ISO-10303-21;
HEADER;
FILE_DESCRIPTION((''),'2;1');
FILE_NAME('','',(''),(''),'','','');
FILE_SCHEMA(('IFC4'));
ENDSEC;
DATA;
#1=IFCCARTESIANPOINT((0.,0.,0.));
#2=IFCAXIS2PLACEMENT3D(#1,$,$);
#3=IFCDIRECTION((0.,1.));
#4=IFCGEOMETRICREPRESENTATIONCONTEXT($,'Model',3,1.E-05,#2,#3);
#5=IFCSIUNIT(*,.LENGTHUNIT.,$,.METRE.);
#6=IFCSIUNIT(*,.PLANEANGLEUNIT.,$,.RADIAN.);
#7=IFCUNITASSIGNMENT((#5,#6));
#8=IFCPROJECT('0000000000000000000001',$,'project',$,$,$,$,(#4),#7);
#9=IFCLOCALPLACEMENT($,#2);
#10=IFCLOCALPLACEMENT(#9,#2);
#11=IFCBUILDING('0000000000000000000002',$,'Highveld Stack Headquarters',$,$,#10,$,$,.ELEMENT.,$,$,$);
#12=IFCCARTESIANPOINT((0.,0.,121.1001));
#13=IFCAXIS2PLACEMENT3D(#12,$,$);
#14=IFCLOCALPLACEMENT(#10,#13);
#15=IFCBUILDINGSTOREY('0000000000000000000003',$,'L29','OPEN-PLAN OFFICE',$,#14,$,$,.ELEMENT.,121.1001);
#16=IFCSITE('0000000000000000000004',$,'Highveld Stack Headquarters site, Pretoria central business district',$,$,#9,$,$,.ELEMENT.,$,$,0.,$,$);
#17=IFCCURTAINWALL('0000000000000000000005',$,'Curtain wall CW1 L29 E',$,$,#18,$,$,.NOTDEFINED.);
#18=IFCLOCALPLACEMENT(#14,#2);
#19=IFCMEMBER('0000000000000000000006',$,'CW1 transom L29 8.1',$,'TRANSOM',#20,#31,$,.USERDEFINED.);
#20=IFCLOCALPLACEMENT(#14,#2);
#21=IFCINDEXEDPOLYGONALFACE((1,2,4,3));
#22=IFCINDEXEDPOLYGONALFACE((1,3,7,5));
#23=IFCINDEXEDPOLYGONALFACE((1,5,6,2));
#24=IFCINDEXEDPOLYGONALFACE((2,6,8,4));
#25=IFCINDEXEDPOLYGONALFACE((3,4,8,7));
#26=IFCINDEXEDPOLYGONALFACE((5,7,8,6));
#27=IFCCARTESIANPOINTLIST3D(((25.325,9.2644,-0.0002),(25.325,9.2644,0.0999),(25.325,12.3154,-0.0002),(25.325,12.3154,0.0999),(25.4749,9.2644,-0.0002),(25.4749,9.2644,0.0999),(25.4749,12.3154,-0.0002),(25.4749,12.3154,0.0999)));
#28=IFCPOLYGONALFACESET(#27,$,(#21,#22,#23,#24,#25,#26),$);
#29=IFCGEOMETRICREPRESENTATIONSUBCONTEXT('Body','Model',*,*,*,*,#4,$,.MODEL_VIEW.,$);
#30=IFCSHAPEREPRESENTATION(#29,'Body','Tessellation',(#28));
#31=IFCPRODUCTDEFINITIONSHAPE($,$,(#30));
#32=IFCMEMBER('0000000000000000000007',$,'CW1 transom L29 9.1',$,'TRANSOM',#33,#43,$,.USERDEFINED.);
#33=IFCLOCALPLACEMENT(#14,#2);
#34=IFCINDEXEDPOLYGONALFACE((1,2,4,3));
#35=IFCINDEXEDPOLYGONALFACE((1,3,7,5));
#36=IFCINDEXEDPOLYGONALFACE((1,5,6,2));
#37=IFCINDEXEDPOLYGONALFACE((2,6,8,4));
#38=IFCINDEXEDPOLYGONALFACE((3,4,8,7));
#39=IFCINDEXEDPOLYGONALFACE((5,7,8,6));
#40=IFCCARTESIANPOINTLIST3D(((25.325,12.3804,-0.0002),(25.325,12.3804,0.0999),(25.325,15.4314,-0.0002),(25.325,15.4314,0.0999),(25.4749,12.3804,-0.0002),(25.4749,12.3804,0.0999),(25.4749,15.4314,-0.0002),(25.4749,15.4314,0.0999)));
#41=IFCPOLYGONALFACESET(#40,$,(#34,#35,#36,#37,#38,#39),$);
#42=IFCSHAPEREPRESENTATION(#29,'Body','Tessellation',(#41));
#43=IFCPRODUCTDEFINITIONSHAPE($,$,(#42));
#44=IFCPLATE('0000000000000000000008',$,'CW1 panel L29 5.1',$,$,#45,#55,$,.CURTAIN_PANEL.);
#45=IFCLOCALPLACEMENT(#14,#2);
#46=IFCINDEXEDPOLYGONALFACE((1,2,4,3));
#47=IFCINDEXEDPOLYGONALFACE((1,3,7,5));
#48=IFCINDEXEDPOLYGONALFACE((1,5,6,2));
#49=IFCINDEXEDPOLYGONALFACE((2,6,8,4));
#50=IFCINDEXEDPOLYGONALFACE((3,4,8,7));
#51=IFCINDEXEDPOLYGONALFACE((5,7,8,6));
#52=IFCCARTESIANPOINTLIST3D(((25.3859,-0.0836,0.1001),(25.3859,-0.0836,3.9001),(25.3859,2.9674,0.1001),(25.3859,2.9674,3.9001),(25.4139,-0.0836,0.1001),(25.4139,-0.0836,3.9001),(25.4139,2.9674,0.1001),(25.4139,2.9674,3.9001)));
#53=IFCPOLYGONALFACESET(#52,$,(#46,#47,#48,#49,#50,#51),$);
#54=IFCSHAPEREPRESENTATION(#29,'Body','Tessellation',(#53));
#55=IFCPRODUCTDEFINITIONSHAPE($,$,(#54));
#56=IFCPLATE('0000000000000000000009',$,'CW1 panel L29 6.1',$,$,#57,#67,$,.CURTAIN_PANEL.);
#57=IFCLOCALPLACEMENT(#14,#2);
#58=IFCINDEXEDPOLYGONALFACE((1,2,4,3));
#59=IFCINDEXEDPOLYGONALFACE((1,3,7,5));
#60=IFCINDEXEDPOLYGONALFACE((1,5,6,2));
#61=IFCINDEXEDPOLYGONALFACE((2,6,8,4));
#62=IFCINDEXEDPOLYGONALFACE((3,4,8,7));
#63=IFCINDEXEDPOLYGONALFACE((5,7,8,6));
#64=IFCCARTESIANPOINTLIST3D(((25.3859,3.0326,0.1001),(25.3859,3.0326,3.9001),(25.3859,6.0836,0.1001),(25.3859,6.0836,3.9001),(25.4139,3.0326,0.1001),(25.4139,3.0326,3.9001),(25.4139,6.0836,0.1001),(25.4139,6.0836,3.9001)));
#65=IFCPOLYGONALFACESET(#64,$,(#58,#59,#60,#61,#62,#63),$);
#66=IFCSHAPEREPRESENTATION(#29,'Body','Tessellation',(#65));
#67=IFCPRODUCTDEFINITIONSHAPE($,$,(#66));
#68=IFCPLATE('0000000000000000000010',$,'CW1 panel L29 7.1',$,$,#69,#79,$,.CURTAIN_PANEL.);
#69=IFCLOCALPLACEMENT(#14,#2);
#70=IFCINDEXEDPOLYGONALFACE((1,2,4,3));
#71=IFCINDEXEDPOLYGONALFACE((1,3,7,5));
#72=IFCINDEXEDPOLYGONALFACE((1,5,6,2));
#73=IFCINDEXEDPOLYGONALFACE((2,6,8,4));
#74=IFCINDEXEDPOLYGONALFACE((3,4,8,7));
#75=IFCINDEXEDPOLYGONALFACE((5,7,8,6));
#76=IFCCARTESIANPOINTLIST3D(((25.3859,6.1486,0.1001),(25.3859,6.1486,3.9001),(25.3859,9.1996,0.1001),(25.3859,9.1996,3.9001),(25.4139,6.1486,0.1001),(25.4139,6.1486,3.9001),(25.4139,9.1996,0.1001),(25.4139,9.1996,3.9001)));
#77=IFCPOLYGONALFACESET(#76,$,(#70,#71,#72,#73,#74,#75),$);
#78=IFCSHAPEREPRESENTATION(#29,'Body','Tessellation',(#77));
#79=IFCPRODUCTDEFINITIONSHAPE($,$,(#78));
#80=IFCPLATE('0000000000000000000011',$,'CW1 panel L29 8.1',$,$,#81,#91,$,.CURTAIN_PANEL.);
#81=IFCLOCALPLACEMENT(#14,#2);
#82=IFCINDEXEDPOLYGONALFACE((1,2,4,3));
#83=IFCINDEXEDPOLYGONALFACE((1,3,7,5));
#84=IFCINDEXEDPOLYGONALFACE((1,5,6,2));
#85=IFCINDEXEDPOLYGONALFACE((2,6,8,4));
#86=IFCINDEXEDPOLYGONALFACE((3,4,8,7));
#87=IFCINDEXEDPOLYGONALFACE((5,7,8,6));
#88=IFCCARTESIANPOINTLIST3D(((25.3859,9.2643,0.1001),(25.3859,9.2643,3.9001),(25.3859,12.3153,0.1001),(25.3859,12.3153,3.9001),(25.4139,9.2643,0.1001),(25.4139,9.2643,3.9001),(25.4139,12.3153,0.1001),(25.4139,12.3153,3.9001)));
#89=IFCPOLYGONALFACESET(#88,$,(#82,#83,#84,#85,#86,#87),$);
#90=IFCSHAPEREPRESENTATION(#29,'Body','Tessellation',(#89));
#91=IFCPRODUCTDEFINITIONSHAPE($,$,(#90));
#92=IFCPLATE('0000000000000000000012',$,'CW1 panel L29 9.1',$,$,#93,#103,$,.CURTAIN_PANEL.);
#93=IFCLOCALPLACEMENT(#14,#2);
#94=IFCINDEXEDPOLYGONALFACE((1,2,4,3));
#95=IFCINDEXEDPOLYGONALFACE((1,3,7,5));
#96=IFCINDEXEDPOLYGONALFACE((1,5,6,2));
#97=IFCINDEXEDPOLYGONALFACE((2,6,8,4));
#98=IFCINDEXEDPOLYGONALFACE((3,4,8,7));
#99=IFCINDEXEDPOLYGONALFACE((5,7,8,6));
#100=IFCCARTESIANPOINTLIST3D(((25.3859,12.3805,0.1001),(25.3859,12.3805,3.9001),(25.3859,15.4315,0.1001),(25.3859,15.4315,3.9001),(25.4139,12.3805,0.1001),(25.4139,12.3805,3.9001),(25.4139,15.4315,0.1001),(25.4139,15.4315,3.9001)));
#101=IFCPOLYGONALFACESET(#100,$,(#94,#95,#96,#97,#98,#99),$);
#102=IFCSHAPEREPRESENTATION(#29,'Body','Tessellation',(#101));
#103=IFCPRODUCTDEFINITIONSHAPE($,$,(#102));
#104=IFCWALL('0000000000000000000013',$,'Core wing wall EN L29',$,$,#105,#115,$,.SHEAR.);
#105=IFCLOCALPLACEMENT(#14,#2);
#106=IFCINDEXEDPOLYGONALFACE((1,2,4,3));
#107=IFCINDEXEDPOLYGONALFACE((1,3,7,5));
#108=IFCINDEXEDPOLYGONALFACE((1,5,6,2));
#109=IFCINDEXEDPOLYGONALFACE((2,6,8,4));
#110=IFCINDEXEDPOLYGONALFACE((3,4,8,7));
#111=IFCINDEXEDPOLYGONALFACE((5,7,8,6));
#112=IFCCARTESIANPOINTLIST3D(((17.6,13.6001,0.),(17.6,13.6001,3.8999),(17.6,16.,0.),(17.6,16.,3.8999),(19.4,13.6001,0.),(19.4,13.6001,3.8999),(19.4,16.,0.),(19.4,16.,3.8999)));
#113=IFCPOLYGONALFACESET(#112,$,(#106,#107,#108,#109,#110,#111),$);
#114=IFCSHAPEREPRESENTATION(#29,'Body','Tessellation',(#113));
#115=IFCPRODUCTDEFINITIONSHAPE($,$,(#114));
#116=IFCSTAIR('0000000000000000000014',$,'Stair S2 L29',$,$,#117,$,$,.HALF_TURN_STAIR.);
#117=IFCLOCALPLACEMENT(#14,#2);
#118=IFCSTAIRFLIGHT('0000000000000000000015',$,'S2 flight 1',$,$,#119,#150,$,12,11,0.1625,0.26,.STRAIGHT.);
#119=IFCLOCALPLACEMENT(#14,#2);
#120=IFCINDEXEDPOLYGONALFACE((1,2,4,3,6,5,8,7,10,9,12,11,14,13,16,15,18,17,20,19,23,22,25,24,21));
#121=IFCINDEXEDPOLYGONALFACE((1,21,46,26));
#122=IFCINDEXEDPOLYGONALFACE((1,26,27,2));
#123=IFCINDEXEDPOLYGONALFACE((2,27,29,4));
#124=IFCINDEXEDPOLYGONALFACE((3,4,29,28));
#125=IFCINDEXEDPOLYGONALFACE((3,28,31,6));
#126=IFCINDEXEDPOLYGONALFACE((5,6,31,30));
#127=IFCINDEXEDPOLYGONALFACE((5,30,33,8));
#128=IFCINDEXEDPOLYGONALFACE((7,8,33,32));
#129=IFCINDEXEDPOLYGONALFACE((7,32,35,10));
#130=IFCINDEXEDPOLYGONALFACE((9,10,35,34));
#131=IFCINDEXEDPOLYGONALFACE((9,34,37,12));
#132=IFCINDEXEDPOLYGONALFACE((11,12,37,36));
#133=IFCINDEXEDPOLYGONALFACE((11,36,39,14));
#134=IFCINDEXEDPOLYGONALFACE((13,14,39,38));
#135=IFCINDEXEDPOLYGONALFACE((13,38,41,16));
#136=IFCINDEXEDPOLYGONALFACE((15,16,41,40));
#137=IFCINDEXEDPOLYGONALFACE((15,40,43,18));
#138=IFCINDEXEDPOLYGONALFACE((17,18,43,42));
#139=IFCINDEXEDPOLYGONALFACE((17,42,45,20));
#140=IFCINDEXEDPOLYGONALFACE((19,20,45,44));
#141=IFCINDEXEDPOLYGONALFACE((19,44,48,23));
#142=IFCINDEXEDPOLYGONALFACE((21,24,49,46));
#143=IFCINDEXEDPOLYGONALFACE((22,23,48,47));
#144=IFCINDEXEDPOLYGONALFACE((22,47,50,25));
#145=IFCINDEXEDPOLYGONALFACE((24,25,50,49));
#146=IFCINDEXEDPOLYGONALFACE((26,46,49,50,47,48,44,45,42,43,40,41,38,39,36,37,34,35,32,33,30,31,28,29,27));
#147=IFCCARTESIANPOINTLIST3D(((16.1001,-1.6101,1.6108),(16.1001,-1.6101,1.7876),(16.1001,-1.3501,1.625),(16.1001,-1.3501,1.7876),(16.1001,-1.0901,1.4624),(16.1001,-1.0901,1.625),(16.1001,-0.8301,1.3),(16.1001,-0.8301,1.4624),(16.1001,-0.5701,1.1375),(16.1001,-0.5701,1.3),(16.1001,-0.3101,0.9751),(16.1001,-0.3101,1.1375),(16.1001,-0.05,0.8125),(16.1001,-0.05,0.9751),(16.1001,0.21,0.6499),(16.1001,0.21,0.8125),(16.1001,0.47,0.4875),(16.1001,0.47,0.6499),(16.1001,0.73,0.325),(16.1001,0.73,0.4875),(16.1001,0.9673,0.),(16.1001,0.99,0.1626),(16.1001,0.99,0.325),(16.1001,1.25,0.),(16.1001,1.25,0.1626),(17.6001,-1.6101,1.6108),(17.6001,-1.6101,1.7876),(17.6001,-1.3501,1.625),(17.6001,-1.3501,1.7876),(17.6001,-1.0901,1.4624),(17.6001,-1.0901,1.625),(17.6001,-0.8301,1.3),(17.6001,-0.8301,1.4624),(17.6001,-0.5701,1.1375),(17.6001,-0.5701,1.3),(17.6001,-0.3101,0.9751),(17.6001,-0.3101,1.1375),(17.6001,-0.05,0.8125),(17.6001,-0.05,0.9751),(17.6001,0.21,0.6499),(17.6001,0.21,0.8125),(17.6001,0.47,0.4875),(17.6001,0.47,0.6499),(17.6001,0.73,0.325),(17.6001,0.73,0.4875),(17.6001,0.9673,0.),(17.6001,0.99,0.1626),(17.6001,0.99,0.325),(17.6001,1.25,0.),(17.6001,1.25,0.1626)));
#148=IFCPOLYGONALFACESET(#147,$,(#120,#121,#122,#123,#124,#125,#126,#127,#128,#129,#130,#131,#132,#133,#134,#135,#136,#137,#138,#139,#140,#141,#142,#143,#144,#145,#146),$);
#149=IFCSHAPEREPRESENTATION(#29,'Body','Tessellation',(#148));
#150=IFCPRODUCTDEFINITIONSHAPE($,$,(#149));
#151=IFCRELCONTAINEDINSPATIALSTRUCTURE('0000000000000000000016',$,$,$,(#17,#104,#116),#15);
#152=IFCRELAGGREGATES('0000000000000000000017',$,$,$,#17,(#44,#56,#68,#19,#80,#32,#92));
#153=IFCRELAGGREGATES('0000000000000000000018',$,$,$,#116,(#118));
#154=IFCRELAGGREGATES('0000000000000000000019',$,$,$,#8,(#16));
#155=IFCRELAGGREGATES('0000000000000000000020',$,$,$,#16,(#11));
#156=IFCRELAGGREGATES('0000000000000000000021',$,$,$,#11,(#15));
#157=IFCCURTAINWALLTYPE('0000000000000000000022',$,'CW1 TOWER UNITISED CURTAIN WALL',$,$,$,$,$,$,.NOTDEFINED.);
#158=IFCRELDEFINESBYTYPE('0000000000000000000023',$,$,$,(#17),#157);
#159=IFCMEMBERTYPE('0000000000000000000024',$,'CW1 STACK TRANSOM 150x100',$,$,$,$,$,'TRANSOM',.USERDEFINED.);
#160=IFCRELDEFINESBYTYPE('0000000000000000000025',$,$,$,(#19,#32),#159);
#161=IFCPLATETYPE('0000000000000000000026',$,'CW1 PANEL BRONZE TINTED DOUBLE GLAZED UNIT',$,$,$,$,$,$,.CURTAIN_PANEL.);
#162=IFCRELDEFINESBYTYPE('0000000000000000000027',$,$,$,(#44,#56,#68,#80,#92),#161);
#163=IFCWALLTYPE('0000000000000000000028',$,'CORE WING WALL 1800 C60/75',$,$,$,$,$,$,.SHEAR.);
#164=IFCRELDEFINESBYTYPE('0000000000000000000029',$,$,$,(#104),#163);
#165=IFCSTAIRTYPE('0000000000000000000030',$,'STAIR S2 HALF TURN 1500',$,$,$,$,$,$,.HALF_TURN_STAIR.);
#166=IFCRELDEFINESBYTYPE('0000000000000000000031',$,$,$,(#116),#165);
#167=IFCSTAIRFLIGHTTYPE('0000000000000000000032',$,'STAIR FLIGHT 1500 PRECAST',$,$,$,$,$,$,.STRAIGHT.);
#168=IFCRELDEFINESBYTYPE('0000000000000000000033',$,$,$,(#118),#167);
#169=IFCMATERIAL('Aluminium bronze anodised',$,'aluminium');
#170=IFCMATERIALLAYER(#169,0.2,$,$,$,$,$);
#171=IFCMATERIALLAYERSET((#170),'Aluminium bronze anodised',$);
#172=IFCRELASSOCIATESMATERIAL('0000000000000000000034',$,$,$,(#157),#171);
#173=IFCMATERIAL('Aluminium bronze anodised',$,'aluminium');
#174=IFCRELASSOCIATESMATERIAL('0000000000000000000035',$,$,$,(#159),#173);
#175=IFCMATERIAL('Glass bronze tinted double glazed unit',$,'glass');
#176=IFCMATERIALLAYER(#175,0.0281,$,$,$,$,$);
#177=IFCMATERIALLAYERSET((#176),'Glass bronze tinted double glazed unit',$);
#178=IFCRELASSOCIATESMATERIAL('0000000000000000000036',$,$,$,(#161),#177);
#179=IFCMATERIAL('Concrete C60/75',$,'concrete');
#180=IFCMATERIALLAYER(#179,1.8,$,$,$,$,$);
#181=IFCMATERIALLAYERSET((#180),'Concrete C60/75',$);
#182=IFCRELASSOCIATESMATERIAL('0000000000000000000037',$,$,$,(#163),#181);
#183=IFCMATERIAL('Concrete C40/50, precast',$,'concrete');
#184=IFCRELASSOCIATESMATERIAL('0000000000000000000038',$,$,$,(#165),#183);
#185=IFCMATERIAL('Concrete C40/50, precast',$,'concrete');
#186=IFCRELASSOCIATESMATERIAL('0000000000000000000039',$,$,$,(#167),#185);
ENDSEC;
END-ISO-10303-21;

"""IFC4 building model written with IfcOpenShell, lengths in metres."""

from ifc_helpers import new_model, si_unit, direction, frame, frame_2d, origin, origin_2d, place, context, subcontext, project, spatial, polyline, rectangle, outline, extrude, material, layer, layer_set, material_profile, profile_set, type_object, element, aggregate, save


model = new_model("IFC4")

# Units and contexts
model_context = context("Model", 3, precision=1e-05, world=origin(), true_north=direction((0.0, 1.0)))
body_context = subcontext(model_context, "Body", "Model", "MODEL_VIEW")
ifc_project = project(units=[si_unit("LENGTHUNIT", "METRE"), si_unit("PLANEANGLEUNIT", "RADIAN")], contexts=[model_context])

# Site, building, storey
site_placement = place(None, origin())
site = spatial("IfcSite", under=ifc_project, at=site_placement, Name="Highveld Stack Headquarters site, Pretoria central business district", CompositionType="ELEMENT", RefElevation=0.0)
building_placement = place(site_placement, origin())
building = spatial("IfcBuilding", under=site, at=building_placement, Name="Highveld Stack Headquarters", CompositionType="ELEMENT")
storey_placement = place(building_placement, frame((0.0, 0.0, 121.1001)))
storey = spatial("IfcBuildingStorey", under=building, at=storey_placement, Name="L29", Description="OPEN-PLAN OFFICE", CompositionType="ELEMENT", Elevation=121.1001)

# Curtain wall, members, plates
ifc_material_1 = material(Name="Aluminium bronze anodised", Category="aluminium")
ifc_layer_1 = layer(ifc_material_1, 0.2)
ifc_layer_set_1 = layer_set([ifc_layer_1], Name="Aluminium bronze anodised")
curtain_wall_type = type_object("IfcCurtainWallType", Name="CW1 TOWER UNITISED CURTAIN WALL", PredefinedType="NOTDEFINED", material=ifc_layer_set_1)
curtain_wall_placement = place(storey_placement, origin())
curtain_wall = element("IfcCurtainWall", 1, at=curtain_wall_placement, inside=storey, type_object=curtain_wall_type, Name="Curtain wall CW1 L29 E", PredefinedType="NOTDEFINED")
ifc_material_2 = material(Name="Aluminium bronze anodised", Category="aluminium")
ifc_material_profile_1 = material_profile(ifc_material_2, rectangle(XDim=0.1499, YDim=0.1001, at=origin_2d()), Name="CW1 TRANSOM 150x100")
ifc_profile_set_1 = profile_set([ifc_material_profile_1], Name="Aluminium bronze anodised")
member_type_1 = type_object("IfcMemberType", Name="CW1 STACK TRANSOM 150x100", ElementType="TRANSOM", PredefinedType="USERDEFINED", material=ifc_profile_set_1)
member_1_placement = place(storey_placement, frame((25.3999, 9.2644, 0.0498), z_axis=(0.0, 1.0, 0.0), x_axis=(-1.0, 0.0, 0.0)))
member_1 = element("IfcMember", 2, at=member_1_placement, type_object=member_type_1, Name="CW1 transom L29 8.1", ObjectType="TRANSOM", PredefinedType="USERDEFINED", context=body_context, shape_type="SweptSolid", body=[
    extrude(rectangle(XDim=0.1499, YDim=0.1001, at=origin_2d()), origin(), (0.0, 0.0, 1.0), 3.051),
])
member_2_placement = place(storey_placement, frame((25.3999, 12.3804, 0.0498), z_axis=(0.0, 1.0, 0.0), x_axis=(-1.0, 0.0, 0.0)))
member_2 = element("IfcMember", 3, at=member_2_placement, type_object=member_type_1, Name="CW1 transom L29 9.1", ObjectType="TRANSOM", PredefinedType="USERDEFINED", context=body_context, shape_type="SweptSolid", body=[
    extrude(rectangle(XDim=0.1499, YDim=0.1001, at=origin_2d()), origin(), (0.0, 0.0, 1.0), 3.051),
])
ifc_material_3 = material(Name="Glass bronze tinted double glazed unit", Category="glass")
ifc_layer_2 = layer(ifc_material_3, 0.0281)
ifc_layer_set_2 = layer_set([ifc_layer_2], Name="Glass bronze tinted double glazed unit")
plate_type = type_object("IfcPlateType", Name="CW1 PANEL BRONZE TINTED DOUBLE GLAZED UNIT", PredefinedType="CURTAIN_PANEL", material=ifc_layer_set_2)
plate_1_placement = place(storey_placement, frame((25.3999, 1.4419, 0.1001), z_axis=(0.0, 0.0, 1.0), x_axis=(0.0, 1.0, 0.0)))
plate_1 = element("IfcPlate", 4, at=plate_1_placement, type_object=plate_type, Name="CW1 panel L29 5.1", PredefinedType="CURTAIN_PANEL", context=body_context, shape_type="SweptSolid", body=[
    extrude(rectangle(XDim=3.051, YDim=0.0281, at=origin_2d()), origin(), (0.0, 0.0, 1.0), 3.8),
])
plate_2_placement = place(storey_placement, frame((25.3999, 4.5581, 0.1001), z_axis=(0.0, 0.0, 1.0), x_axis=(0.0, 1.0, 0.0)))
plate_2 = element("IfcPlate", 5, at=plate_2_placement, type_object=plate_type, Name="CW1 panel L29 6.1", PredefinedType="CURTAIN_PANEL", context=body_context, shape_type="SweptSolid", body=[
    extrude(rectangle(XDim=3.051, YDim=0.0281, at=origin_2d()), origin(), (0.0, 0.0, 1.0), 3.8),
])
plate_3_placement = place(storey_placement, frame((25.3999, 7.6741, 0.1001), z_axis=(0.0, 0.0, 1.0), x_axis=(0.0, 1.0, 0.0)))
plate_3 = element("IfcPlate", 6, at=plate_3_placement, type_object=plate_type, Name="CW1 panel L29 7.1", PredefinedType="CURTAIN_PANEL", context=body_context, shape_type="SweptSolid", body=[
    extrude(rectangle(XDim=3.051, YDim=0.0281, at=origin_2d()), origin(), (0.0, 0.0, 1.0), 3.8),
])
plate_4_placement = place(storey_placement, frame((25.3999, 10.7898, 0.1001), z_axis=(0.0, 0.0, 1.0), x_axis=(0.0, 1.0, 0.0)))
plate_4 = element("IfcPlate", 7, at=plate_4_placement, type_object=plate_type, Name="CW1 panel L29 8.1", PredefinedType="CURTAIN_PANEL", context=body_context, shape_type="SweptSolid", body=[
    extrude(rectangle(XDim=3.051, YDim=0.0281, at=origin_2d()), origin(), (0.0, 0.0, 1.0), 3.8),
])
plate_5_placement = place(storey_placement, frame((25.3999, 13.906, 0.1001), z_axis=(0.0, 0.0, 1.0), x_axis=(0.0, 1.0, 0.0)))
plate_5 = element("IfcPlate", 8, at=plate_5_placement, type_object=plate_type, Name="CW1 panel L29 9.1", PredefinedType="CURTAIN_PANEL", context=body_context, shape_type="SweptSolid", body=[
    extrude(rectangle(XDim=3.051, YDim=0.0281, at=origin_2d()), origin(), (0.0, 0.0, 1.0), 3.8),
])
aggregate(curtain_wall, [plate_1, plate_2, plate_3, member_1, plate_4, member_2, plate_5])

# Wall
ifc_material_4 = material(Name="Concrete C60/75", Category="concrete")
ifc_layer_3 = layer(ifc_material_4, 1.8)
ifc_layer_set_3 = layer_set([ifc_layer_3], Name="Concrete C60/75")
wall_type = type_object("IfcWallType", Name="CORE WING WALL 1800 C60/75", PredefinedType="SHEAR", material=ifc_layer_set_3)
wall_placement = place(storey_placement, frame((18.5, 13.6001, 0.0), z_axis=(0.0, 0.0, 1.0), x_axis=(0.0, 1.0, 0.0)))
element("IfcWall", 9, at=wall_placement, inside=storey, type_object=wall_type, Name="Core wing wall EN L29", PredefinedType="SHEAR", context=body_context, shape_type="SweptSolid", body=[
    extrude(rectangle(XDim=2.3999, YDim=1.8, at=frame_2d((1.2, 0.0))), origin(), (0.0, 0.0, 1.0), 3.8999),
])

# Stair, stair flight
ifc_material_5 = material(Name="Concrete C40/50, precast", Category="concrete")
stair_type = type_object("IfcStairType", Name="STAIR S2 HALF TURN 1500", PredefinedType="HALF_TURN_STAIR", material=ifc_material_5)
stair_placement = place(storey_placement, origin())
stair = element("IfcStair", 10, at=stair_placement, inside=storey, type_object=stair_type, Name="Stair S2 L29", PredefinedType="HALF_TURN_STAIR")
ifc_material_6 = material(Name="Concrete C40/50, precast", Category="concrete")
stair_flight_type = type_object("IfcStairFlightType", Name="STAIR FLIGHT 1500 PRECAST", PredefinedType="STRAIGHT", material=ifc_material_6)
stair_flight_placement = place(storey_placement, frame((16.8501, 1.25, 0.0), z_axis=(0.0, 0.0, 1.0), x_axis=(0.0, -1.0, 0.0)))
stair_flight = element("IfcStairFlight", 11, at=stair_flight_placement, type_object=stair_flight_type, Name="S2 flight 1", NumberOfRisers=12, NumberOfTreads=11, PredefinedType="STRAIGHT", RiserHeight=0.1625, TreadLength=0.26, context=body_context, shape_type="SweptSolid", body=[
    extrude(outline(polyline([(0.0, 0.0), (0.0, 0.1626), (0.26, 0.1626), (0.26, 0.325), (0.52, 0.325), (0.52, 0.4875), (0.78, 0.4875), (0.78, 0.6499), (1.04, 0.6499), (1.04, 0.8125), (1.3, 0.8125), (1.3, 0.9751), (1.5601, 0.9751), (1.5601, 1.1375), (1.8201, 1.1375), (1.8201, 1.3), (2.0801, 1.3), (2.0801, 1.4624), (2.3401, 1.4624), (2.3401, 1.625), (2.6001, 1.625), (2.6001, 1.7876), (2.8601, 1.7876), (2.8601, 1.95), (2.8601, 1.6108), (0.2827, 0.0), (0.0, 0.0)])), frame((0.0, 0.75, 0.0), z_axis=(0.0, -1.0, 0.0), x_axis=(1.0, 0.0, 0.0)), (0.0, 0.0, 1.0), 1.5),
])
aggregate(stair, [stair_flight])

save(model, "model.ifc")
